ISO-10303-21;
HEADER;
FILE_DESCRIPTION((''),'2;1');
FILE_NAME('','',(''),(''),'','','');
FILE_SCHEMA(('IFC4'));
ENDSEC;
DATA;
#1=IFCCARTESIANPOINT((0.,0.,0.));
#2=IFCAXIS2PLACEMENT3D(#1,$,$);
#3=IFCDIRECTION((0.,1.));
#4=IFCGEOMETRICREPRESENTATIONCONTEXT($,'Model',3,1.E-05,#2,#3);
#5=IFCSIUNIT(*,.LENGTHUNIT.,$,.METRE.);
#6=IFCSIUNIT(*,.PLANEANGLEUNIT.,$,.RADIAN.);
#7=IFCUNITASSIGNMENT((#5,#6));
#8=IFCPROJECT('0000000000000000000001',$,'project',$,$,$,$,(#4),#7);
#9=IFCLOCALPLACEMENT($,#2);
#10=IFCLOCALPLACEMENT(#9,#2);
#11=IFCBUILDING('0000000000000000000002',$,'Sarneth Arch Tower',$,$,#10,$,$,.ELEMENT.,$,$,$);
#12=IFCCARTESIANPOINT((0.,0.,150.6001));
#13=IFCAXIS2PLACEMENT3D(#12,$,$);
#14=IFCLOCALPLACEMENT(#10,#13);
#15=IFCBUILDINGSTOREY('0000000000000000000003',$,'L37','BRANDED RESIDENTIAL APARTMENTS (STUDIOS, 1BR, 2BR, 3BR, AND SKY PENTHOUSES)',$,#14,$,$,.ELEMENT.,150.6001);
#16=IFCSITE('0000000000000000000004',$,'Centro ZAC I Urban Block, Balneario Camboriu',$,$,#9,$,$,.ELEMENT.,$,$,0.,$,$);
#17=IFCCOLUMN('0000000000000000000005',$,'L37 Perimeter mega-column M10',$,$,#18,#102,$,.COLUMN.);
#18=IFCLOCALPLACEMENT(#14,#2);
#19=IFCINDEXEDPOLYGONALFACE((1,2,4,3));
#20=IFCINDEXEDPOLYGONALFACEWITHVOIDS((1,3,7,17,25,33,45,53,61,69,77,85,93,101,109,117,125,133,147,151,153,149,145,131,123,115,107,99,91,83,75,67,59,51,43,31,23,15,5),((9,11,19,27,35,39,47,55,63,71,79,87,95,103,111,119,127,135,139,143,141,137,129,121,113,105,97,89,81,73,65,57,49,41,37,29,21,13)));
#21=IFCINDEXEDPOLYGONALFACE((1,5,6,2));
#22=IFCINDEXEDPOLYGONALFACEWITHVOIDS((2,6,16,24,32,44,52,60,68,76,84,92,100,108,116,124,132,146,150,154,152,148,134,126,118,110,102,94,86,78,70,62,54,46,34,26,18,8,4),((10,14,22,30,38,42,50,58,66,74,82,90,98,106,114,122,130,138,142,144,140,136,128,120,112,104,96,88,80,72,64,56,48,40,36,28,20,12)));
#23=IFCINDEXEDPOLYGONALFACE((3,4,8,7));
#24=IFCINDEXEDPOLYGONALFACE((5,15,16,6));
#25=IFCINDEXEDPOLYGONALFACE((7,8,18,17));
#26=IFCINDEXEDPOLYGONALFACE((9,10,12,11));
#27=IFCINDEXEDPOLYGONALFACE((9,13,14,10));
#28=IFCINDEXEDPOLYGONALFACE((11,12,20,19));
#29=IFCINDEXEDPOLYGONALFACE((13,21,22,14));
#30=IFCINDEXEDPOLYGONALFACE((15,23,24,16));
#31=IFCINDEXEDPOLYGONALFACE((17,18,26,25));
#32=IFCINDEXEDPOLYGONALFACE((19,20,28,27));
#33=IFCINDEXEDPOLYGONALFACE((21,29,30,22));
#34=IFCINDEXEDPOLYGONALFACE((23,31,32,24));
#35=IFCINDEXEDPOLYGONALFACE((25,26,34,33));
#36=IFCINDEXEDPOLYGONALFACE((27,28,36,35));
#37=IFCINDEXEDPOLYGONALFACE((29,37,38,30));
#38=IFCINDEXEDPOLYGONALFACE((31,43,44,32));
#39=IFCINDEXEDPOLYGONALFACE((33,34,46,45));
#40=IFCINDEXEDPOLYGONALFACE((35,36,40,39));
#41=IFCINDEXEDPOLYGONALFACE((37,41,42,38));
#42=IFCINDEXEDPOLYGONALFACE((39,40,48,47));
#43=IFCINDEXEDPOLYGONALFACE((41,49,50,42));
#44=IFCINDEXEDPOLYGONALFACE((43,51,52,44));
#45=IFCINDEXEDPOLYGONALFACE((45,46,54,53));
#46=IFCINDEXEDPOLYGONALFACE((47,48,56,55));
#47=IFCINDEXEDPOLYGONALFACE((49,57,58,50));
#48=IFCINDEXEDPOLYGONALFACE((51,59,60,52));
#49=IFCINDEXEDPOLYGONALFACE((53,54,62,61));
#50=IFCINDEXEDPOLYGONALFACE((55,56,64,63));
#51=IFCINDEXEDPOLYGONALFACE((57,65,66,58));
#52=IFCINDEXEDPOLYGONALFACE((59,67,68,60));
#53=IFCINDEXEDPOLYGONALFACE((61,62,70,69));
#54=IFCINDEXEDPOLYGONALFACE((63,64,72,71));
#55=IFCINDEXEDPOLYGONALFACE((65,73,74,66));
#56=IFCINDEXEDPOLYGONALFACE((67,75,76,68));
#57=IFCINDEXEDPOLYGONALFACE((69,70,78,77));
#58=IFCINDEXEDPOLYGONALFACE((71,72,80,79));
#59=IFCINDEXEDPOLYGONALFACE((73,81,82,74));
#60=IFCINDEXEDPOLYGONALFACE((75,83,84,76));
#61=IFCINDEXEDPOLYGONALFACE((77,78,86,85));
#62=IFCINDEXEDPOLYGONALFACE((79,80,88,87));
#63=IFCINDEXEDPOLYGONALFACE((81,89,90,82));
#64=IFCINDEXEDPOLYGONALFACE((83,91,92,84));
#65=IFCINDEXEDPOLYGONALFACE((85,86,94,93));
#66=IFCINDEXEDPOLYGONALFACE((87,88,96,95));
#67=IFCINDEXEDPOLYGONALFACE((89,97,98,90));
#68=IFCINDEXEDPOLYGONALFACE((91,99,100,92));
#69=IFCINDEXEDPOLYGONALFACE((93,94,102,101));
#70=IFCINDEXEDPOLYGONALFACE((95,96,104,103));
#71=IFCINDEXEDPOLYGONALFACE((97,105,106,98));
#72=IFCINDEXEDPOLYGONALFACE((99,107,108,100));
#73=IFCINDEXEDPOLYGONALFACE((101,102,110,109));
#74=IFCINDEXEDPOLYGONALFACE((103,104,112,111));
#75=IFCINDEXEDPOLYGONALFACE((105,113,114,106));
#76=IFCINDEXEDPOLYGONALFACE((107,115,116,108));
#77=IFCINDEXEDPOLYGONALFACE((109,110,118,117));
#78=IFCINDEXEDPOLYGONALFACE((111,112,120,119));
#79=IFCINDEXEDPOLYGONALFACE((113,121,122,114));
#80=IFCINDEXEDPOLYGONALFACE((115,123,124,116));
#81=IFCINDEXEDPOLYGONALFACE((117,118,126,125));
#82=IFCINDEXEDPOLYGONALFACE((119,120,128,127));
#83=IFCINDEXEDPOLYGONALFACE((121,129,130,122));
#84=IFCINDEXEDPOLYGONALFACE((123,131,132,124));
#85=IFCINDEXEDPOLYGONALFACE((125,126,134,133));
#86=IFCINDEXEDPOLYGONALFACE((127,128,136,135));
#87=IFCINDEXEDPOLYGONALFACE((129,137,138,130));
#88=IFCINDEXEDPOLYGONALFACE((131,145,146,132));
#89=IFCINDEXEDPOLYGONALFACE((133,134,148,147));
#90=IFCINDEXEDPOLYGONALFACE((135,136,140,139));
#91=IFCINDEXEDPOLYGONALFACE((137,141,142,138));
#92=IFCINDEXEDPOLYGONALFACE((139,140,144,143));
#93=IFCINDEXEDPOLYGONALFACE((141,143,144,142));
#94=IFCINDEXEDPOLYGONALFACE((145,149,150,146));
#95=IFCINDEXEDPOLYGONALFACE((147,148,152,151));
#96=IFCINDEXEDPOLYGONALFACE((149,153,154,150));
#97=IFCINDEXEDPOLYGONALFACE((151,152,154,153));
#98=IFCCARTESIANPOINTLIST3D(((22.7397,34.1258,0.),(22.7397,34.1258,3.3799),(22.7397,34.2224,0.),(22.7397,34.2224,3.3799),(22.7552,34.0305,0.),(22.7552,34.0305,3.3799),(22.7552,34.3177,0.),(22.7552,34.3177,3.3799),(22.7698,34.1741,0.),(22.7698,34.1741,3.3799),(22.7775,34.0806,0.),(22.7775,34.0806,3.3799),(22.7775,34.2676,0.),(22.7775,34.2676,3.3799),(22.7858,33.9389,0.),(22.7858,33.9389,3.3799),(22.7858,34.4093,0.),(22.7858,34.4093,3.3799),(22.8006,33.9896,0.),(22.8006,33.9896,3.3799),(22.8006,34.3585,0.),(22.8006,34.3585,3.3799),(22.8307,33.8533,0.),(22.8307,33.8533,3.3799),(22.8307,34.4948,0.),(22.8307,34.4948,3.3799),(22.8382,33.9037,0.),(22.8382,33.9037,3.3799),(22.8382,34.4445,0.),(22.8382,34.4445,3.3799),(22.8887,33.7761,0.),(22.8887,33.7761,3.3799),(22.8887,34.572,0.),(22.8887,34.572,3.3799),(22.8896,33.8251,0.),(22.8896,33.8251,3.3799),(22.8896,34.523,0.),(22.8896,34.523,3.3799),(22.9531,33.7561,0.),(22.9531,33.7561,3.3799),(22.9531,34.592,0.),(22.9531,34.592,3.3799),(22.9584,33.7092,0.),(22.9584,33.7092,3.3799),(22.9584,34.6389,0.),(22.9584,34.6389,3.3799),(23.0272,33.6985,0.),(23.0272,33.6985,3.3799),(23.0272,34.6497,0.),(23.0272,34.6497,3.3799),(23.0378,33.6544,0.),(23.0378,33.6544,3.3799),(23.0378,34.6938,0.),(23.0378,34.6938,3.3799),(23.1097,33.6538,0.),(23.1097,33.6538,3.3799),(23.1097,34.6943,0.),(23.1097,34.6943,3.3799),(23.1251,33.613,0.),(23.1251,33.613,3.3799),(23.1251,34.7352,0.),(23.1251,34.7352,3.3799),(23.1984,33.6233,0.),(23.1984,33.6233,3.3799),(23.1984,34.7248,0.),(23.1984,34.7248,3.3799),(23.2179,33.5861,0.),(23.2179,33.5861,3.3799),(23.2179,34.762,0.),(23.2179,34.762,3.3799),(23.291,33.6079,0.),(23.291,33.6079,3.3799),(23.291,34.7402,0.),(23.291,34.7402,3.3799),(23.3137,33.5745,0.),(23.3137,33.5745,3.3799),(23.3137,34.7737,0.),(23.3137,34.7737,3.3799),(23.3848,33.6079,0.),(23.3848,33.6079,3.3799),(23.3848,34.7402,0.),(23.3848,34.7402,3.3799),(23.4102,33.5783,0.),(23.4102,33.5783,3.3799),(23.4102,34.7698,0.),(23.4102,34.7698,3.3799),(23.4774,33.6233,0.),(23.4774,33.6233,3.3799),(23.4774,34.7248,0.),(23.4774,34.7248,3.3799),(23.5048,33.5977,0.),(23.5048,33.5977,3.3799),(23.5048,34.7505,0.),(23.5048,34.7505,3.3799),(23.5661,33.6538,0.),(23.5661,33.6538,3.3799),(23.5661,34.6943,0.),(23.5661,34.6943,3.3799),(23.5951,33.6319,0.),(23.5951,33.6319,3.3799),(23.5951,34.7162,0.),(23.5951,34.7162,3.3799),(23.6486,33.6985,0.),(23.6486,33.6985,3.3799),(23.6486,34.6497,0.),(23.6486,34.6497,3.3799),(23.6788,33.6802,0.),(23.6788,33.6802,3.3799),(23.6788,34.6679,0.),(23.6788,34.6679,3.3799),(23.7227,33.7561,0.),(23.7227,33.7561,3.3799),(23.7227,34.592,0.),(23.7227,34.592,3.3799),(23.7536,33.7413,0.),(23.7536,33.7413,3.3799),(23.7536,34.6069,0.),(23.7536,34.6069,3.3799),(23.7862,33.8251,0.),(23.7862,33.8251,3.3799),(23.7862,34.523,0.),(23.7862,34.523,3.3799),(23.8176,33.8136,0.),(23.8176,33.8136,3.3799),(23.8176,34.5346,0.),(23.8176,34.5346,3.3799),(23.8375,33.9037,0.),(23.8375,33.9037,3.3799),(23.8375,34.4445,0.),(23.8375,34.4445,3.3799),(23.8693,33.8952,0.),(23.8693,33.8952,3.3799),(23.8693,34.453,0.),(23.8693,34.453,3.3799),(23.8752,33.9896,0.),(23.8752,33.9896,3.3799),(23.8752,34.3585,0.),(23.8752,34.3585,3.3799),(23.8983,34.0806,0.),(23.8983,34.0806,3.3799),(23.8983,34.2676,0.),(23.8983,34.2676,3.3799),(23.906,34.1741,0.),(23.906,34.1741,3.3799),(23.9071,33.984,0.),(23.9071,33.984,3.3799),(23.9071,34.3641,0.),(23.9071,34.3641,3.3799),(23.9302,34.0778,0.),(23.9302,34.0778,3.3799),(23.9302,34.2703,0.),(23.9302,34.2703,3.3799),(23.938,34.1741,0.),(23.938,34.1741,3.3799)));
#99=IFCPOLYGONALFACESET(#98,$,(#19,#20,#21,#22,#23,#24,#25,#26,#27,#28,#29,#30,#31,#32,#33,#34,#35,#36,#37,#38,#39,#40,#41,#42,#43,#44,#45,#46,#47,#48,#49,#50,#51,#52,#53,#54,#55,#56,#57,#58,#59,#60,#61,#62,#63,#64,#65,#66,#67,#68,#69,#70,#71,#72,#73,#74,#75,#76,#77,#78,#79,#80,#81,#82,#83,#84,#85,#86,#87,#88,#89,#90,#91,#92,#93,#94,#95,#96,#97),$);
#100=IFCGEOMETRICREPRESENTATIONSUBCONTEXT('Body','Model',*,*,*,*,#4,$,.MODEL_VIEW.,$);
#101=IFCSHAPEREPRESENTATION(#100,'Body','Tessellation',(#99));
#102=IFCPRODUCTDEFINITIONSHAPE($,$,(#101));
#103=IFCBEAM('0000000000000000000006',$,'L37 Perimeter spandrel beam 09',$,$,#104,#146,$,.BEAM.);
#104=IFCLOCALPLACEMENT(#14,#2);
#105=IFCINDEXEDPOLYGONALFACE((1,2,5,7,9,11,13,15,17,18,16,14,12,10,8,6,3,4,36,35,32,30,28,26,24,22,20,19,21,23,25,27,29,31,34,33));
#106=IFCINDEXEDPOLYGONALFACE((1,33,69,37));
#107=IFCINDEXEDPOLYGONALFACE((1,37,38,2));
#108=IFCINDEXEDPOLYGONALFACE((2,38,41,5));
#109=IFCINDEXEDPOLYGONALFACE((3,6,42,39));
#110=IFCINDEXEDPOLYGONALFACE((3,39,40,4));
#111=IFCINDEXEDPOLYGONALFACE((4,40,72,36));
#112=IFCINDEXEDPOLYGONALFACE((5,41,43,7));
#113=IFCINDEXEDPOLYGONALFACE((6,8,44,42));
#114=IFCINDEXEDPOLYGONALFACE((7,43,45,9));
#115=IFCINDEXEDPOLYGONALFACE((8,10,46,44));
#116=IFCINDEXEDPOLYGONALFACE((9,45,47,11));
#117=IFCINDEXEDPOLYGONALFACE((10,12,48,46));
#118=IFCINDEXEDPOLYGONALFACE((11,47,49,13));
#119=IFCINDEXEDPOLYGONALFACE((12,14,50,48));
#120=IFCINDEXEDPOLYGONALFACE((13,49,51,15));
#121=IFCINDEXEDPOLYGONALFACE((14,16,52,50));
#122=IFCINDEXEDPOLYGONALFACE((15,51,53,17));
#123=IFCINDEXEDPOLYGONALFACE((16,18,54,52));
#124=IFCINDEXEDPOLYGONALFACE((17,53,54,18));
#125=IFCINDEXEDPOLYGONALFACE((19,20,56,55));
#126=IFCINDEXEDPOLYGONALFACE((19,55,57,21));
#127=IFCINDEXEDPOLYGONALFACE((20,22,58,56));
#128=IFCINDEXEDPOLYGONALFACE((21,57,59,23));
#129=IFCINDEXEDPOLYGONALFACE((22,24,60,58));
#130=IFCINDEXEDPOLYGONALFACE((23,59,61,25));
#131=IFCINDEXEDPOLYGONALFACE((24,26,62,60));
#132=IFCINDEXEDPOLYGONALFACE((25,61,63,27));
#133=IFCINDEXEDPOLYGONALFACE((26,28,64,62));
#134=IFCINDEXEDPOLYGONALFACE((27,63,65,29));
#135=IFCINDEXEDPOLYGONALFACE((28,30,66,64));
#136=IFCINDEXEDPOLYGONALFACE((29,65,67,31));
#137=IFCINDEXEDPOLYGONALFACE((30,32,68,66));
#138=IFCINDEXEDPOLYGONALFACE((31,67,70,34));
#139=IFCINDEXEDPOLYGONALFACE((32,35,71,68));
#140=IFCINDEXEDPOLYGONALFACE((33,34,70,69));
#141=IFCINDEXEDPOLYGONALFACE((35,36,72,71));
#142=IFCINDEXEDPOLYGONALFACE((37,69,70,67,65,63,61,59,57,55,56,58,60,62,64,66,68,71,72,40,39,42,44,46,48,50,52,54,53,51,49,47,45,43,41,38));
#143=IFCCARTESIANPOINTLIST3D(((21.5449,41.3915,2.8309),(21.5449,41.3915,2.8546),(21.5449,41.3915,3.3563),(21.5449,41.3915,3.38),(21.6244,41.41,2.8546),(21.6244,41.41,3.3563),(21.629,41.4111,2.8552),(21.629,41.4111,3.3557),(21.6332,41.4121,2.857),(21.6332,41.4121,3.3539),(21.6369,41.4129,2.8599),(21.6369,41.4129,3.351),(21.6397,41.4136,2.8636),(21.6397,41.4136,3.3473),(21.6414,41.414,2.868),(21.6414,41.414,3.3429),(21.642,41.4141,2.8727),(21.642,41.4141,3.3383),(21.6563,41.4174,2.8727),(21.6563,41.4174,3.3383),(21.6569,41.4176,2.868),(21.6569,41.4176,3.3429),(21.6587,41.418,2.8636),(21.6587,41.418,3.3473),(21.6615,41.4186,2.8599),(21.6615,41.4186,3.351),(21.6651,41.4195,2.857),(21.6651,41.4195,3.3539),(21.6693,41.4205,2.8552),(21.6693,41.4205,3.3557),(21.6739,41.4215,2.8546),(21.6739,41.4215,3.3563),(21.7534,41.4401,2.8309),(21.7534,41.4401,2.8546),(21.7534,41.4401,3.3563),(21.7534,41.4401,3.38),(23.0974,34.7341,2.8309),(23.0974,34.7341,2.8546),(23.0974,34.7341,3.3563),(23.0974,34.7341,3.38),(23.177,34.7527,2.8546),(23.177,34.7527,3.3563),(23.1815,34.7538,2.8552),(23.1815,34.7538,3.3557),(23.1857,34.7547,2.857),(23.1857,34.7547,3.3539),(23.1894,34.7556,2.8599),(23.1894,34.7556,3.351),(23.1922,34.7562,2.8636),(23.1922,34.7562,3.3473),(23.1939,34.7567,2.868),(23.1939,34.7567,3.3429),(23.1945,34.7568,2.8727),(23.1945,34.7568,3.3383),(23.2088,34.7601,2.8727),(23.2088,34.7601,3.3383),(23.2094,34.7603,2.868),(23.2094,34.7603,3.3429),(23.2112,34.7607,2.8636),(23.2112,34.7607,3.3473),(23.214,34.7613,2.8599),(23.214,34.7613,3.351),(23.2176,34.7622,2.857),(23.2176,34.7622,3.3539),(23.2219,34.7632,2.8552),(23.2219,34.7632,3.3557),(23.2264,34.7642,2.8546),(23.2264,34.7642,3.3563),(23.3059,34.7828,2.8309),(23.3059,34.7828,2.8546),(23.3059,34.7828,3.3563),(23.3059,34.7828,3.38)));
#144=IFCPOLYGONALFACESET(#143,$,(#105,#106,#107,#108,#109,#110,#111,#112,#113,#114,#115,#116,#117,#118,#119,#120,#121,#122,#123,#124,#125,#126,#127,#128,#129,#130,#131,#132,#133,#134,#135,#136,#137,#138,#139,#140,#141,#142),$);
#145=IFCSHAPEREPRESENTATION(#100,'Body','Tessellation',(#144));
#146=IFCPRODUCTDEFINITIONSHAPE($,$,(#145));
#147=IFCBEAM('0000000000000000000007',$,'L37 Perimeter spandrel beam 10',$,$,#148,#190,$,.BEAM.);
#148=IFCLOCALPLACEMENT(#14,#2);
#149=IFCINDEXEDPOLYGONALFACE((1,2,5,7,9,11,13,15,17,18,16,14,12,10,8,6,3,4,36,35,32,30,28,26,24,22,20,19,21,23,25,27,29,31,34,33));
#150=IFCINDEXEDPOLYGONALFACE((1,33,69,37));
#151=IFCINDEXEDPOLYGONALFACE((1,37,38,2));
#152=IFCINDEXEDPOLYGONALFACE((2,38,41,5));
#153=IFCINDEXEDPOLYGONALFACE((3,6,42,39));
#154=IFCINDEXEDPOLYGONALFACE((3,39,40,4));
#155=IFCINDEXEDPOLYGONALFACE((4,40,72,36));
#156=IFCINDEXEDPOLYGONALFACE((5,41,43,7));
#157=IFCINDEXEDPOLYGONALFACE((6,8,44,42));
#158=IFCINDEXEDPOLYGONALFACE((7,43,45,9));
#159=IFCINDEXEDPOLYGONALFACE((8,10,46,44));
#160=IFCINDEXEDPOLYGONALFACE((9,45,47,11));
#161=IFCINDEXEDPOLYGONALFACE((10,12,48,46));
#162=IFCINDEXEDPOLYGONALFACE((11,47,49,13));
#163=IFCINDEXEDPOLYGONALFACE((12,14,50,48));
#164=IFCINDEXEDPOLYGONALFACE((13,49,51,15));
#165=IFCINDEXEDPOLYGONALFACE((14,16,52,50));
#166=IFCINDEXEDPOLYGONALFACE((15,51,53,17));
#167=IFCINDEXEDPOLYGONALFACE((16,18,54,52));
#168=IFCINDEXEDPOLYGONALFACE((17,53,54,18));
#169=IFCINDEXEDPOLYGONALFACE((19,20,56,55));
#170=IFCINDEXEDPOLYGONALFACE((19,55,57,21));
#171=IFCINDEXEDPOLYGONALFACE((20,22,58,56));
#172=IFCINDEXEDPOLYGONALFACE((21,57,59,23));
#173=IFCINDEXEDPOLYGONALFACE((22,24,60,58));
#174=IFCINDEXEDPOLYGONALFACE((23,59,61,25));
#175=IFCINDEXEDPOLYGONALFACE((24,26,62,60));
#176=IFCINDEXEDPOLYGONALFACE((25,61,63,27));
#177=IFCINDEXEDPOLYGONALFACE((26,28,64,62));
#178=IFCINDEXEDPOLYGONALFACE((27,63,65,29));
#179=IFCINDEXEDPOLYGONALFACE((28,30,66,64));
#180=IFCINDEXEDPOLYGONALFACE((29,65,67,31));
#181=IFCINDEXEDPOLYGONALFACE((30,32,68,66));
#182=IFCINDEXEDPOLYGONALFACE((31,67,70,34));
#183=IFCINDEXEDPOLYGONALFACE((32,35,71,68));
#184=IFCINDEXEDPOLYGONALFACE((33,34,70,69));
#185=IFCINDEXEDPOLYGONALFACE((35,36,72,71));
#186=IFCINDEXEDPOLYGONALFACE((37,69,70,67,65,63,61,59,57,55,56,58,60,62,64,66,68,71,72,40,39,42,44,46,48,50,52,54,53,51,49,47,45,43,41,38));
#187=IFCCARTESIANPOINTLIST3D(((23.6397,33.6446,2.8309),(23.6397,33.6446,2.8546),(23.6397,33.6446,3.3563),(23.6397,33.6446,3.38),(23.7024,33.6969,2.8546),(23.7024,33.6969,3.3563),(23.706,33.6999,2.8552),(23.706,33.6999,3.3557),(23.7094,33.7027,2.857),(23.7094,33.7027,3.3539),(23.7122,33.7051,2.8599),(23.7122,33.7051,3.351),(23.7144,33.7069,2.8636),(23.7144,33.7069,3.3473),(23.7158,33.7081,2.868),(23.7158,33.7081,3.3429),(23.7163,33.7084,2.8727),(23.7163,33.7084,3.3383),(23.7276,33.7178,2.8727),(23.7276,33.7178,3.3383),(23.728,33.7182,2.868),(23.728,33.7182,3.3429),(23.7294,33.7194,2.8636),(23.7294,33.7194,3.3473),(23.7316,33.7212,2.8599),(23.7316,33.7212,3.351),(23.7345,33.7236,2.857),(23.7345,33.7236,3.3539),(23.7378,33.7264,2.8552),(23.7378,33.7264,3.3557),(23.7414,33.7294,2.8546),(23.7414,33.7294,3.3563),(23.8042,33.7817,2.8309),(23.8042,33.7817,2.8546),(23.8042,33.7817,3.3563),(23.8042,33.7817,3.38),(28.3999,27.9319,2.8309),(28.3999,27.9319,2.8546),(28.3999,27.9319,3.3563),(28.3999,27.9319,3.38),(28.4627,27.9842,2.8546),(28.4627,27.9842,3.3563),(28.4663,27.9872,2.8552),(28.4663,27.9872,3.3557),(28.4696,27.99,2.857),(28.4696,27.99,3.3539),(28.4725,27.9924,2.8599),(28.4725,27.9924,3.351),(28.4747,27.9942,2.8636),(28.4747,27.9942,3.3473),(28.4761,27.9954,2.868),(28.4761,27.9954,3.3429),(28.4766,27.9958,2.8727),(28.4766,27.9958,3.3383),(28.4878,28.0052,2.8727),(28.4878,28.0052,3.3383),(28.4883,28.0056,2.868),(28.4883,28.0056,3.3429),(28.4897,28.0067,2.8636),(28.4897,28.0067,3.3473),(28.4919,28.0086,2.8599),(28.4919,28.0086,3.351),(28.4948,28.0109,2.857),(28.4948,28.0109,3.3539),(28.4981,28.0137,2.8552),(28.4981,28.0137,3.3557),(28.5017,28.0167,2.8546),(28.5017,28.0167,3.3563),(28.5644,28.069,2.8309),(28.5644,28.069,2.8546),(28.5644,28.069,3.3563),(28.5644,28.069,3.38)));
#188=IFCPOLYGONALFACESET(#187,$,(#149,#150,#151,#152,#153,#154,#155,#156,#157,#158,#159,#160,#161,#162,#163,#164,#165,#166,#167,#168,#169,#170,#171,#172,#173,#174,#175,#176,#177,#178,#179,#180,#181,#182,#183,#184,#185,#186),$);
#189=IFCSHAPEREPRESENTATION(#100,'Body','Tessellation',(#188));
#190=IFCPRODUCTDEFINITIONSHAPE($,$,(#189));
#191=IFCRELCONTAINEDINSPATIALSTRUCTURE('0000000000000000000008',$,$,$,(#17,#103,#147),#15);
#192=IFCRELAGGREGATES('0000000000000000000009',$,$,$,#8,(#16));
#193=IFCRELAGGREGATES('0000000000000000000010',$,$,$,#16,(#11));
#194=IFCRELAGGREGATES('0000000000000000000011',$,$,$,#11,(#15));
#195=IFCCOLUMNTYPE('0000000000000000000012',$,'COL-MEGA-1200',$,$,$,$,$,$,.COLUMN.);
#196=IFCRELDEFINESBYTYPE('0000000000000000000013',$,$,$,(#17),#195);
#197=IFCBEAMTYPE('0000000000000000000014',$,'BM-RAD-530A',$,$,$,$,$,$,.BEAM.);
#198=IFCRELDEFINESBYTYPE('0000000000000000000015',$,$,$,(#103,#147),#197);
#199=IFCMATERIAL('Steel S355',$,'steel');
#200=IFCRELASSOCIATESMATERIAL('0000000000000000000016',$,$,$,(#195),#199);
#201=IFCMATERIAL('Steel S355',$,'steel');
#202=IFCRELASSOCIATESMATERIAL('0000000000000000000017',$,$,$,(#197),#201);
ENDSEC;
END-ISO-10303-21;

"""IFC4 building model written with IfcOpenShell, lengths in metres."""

from ifc_helpers import new_model, si_unit, direction, frame, origin, origin_2d, place, context, subcontext, project, spatial, hollow_circle, i_section, extrude, material, material_profile, profile_set, type_object, element, save


model = new_model("IFC4")

# Units and contexts
model_context = context("Model", 3, precision=1e-05, world=origin(), true_north=direction((0.0, 1.0)))
body_context = subcontext(model_context, "Body", "Model", "MODEL_VIEW")
ifc_project = project(units=[si_unit("LENGTHUNIT", "METRE"), si_unit("PLANEANGLEUNIT", "RADIAN")], contexts=[model_context])

# Site, building, storey
site_placement = place(None, origin())
site = spatial("IfcSite", under=ifc_project, at=site_placement, Name="Centro ZAC I Urban Block, Balneario Camboriu", CompositionType="ELEMENT", RefElevation=0.0)
building_placement = place(site_placement, origin())
building = spatial("IfcBuilding", under=site, at=building_placement, Name="Sarneth Arch Tower", CompositionType="ELEMENT")
storey_placement = place(building_placement, frame((0.0, 0.0, 150.6001)))
storey = spatial("IfcBuildingStorey", under=building, at=storey_placement, Name="L37", Description="BRANDED RESIDENTIAL APARTMENTS (STUDIOS, 1BR, 2BR, 3BR, AND SKY PENTHOUSES)", CompositionType="ELEMENT", Elevation=150.6001)

# Column
ifc_material_1 = material(Name="Steel S355", Category="steel")
ifc_material_profile_1 = material_profile(ifc_material_1, hollow_circle(Radius=0.6001, WallThickness=0.032, at=origin_2d()), Name="CHS1200x32")
ifc_profile_set_1 = profile_set([ifc_material_profile_1], Name="Steel S355")
column_type = type_object("IfcColumnType", Name="COL-MEGA-1200", PredefinedType="COLUMN", material=ifc_profile_set_1)
column_placement = place(storey_placement, frame((23.3379, 34.1741, 0.0), z_axis=(0.0, 0.0, 1.0), x_axis=(1.0, 0.0, 0.0)))
element("IfcColumn", 1, at=column_placement, inside=storey, type_object=column_type, Name="L37 Perimeter mega-column M10", PredefinedType="COLUMN", context=body_context, shape_type="SweptSolid", body=[
    extrude(hollow_circle(Radius=0.6001, WallThickness=0.032, at=origin_2d()), origin(), (0.0, 0.0, 1.0), 3.3799),
])

# Beams
ifc_material_2 = material(Name="Steel S355", Category="steel")
ifc_material_profile_2 = material_profile(ifc_material_2, i_section(OverallWidth=0.2141, OverallDepth=0.5491, WebThickness=0.0146, FlangeThickness=0.0237, FilletRadius=0.0181, at=origin_2d()), Name="W530x138")
ifc_profile_set_2 = profile_set([ifc_material_profile_2], Name="Steel S355")
beam_type = type_object("IfcBeamType", Name="BM-RAD-530A", PredefinedType="BEAM", material=ifc_profile_set_2)
beam_1_placement = place(storey_placement, frame((21.6492, 41.4158, 3.1055), z_axis=(0.22711, -0.973869, 0.0), x_axis=(0.973869, 0.22711, 0.0)))
element("IfcBeam", 2, at=beam_1_placement, inside=storey, type_object=beam_type, Name="L37 Perimeter spandrel beam 09", PredefinedType="BEAM", context=body_context, shape_type="SweptSolid", body=[
    extrude(i_section(OverallWidth=0.2141, OverallDepth=0.5491, WebThickness=0.0146, FlangeThickness=0.0237, FilletRadius=0.0181, at=origin_2d()), origin(), (0.0, 0.0, 1.0), 6.8359),
])
beam_2_placement = place(storey_placement, frame((23.7219, 33.7131, 3.1055), z_axis=(0.640162, -0.76824, 0.0), x_axis=(0.76824, 0.640162, 0.0)))
element("IfcBeam", 3, at=beam_2_placement, inside=storey, type_object=beam_type, Name="L37 Perimeter spandrel beam 10", PredefinedType="BEAM", context=body_context, shape_type="SweptSolid", body=[
    extrude(i_section(OverallWidth=0.2141, OverallDepth=0.5491, WebThickness=0.0146, FlangeThickness=0.0237, FilletRadius=0.0181, at=origin_2d()), origin(), (0.0, 0.0, 1.0), 7.436),
])

save(model, "model.ifc")
